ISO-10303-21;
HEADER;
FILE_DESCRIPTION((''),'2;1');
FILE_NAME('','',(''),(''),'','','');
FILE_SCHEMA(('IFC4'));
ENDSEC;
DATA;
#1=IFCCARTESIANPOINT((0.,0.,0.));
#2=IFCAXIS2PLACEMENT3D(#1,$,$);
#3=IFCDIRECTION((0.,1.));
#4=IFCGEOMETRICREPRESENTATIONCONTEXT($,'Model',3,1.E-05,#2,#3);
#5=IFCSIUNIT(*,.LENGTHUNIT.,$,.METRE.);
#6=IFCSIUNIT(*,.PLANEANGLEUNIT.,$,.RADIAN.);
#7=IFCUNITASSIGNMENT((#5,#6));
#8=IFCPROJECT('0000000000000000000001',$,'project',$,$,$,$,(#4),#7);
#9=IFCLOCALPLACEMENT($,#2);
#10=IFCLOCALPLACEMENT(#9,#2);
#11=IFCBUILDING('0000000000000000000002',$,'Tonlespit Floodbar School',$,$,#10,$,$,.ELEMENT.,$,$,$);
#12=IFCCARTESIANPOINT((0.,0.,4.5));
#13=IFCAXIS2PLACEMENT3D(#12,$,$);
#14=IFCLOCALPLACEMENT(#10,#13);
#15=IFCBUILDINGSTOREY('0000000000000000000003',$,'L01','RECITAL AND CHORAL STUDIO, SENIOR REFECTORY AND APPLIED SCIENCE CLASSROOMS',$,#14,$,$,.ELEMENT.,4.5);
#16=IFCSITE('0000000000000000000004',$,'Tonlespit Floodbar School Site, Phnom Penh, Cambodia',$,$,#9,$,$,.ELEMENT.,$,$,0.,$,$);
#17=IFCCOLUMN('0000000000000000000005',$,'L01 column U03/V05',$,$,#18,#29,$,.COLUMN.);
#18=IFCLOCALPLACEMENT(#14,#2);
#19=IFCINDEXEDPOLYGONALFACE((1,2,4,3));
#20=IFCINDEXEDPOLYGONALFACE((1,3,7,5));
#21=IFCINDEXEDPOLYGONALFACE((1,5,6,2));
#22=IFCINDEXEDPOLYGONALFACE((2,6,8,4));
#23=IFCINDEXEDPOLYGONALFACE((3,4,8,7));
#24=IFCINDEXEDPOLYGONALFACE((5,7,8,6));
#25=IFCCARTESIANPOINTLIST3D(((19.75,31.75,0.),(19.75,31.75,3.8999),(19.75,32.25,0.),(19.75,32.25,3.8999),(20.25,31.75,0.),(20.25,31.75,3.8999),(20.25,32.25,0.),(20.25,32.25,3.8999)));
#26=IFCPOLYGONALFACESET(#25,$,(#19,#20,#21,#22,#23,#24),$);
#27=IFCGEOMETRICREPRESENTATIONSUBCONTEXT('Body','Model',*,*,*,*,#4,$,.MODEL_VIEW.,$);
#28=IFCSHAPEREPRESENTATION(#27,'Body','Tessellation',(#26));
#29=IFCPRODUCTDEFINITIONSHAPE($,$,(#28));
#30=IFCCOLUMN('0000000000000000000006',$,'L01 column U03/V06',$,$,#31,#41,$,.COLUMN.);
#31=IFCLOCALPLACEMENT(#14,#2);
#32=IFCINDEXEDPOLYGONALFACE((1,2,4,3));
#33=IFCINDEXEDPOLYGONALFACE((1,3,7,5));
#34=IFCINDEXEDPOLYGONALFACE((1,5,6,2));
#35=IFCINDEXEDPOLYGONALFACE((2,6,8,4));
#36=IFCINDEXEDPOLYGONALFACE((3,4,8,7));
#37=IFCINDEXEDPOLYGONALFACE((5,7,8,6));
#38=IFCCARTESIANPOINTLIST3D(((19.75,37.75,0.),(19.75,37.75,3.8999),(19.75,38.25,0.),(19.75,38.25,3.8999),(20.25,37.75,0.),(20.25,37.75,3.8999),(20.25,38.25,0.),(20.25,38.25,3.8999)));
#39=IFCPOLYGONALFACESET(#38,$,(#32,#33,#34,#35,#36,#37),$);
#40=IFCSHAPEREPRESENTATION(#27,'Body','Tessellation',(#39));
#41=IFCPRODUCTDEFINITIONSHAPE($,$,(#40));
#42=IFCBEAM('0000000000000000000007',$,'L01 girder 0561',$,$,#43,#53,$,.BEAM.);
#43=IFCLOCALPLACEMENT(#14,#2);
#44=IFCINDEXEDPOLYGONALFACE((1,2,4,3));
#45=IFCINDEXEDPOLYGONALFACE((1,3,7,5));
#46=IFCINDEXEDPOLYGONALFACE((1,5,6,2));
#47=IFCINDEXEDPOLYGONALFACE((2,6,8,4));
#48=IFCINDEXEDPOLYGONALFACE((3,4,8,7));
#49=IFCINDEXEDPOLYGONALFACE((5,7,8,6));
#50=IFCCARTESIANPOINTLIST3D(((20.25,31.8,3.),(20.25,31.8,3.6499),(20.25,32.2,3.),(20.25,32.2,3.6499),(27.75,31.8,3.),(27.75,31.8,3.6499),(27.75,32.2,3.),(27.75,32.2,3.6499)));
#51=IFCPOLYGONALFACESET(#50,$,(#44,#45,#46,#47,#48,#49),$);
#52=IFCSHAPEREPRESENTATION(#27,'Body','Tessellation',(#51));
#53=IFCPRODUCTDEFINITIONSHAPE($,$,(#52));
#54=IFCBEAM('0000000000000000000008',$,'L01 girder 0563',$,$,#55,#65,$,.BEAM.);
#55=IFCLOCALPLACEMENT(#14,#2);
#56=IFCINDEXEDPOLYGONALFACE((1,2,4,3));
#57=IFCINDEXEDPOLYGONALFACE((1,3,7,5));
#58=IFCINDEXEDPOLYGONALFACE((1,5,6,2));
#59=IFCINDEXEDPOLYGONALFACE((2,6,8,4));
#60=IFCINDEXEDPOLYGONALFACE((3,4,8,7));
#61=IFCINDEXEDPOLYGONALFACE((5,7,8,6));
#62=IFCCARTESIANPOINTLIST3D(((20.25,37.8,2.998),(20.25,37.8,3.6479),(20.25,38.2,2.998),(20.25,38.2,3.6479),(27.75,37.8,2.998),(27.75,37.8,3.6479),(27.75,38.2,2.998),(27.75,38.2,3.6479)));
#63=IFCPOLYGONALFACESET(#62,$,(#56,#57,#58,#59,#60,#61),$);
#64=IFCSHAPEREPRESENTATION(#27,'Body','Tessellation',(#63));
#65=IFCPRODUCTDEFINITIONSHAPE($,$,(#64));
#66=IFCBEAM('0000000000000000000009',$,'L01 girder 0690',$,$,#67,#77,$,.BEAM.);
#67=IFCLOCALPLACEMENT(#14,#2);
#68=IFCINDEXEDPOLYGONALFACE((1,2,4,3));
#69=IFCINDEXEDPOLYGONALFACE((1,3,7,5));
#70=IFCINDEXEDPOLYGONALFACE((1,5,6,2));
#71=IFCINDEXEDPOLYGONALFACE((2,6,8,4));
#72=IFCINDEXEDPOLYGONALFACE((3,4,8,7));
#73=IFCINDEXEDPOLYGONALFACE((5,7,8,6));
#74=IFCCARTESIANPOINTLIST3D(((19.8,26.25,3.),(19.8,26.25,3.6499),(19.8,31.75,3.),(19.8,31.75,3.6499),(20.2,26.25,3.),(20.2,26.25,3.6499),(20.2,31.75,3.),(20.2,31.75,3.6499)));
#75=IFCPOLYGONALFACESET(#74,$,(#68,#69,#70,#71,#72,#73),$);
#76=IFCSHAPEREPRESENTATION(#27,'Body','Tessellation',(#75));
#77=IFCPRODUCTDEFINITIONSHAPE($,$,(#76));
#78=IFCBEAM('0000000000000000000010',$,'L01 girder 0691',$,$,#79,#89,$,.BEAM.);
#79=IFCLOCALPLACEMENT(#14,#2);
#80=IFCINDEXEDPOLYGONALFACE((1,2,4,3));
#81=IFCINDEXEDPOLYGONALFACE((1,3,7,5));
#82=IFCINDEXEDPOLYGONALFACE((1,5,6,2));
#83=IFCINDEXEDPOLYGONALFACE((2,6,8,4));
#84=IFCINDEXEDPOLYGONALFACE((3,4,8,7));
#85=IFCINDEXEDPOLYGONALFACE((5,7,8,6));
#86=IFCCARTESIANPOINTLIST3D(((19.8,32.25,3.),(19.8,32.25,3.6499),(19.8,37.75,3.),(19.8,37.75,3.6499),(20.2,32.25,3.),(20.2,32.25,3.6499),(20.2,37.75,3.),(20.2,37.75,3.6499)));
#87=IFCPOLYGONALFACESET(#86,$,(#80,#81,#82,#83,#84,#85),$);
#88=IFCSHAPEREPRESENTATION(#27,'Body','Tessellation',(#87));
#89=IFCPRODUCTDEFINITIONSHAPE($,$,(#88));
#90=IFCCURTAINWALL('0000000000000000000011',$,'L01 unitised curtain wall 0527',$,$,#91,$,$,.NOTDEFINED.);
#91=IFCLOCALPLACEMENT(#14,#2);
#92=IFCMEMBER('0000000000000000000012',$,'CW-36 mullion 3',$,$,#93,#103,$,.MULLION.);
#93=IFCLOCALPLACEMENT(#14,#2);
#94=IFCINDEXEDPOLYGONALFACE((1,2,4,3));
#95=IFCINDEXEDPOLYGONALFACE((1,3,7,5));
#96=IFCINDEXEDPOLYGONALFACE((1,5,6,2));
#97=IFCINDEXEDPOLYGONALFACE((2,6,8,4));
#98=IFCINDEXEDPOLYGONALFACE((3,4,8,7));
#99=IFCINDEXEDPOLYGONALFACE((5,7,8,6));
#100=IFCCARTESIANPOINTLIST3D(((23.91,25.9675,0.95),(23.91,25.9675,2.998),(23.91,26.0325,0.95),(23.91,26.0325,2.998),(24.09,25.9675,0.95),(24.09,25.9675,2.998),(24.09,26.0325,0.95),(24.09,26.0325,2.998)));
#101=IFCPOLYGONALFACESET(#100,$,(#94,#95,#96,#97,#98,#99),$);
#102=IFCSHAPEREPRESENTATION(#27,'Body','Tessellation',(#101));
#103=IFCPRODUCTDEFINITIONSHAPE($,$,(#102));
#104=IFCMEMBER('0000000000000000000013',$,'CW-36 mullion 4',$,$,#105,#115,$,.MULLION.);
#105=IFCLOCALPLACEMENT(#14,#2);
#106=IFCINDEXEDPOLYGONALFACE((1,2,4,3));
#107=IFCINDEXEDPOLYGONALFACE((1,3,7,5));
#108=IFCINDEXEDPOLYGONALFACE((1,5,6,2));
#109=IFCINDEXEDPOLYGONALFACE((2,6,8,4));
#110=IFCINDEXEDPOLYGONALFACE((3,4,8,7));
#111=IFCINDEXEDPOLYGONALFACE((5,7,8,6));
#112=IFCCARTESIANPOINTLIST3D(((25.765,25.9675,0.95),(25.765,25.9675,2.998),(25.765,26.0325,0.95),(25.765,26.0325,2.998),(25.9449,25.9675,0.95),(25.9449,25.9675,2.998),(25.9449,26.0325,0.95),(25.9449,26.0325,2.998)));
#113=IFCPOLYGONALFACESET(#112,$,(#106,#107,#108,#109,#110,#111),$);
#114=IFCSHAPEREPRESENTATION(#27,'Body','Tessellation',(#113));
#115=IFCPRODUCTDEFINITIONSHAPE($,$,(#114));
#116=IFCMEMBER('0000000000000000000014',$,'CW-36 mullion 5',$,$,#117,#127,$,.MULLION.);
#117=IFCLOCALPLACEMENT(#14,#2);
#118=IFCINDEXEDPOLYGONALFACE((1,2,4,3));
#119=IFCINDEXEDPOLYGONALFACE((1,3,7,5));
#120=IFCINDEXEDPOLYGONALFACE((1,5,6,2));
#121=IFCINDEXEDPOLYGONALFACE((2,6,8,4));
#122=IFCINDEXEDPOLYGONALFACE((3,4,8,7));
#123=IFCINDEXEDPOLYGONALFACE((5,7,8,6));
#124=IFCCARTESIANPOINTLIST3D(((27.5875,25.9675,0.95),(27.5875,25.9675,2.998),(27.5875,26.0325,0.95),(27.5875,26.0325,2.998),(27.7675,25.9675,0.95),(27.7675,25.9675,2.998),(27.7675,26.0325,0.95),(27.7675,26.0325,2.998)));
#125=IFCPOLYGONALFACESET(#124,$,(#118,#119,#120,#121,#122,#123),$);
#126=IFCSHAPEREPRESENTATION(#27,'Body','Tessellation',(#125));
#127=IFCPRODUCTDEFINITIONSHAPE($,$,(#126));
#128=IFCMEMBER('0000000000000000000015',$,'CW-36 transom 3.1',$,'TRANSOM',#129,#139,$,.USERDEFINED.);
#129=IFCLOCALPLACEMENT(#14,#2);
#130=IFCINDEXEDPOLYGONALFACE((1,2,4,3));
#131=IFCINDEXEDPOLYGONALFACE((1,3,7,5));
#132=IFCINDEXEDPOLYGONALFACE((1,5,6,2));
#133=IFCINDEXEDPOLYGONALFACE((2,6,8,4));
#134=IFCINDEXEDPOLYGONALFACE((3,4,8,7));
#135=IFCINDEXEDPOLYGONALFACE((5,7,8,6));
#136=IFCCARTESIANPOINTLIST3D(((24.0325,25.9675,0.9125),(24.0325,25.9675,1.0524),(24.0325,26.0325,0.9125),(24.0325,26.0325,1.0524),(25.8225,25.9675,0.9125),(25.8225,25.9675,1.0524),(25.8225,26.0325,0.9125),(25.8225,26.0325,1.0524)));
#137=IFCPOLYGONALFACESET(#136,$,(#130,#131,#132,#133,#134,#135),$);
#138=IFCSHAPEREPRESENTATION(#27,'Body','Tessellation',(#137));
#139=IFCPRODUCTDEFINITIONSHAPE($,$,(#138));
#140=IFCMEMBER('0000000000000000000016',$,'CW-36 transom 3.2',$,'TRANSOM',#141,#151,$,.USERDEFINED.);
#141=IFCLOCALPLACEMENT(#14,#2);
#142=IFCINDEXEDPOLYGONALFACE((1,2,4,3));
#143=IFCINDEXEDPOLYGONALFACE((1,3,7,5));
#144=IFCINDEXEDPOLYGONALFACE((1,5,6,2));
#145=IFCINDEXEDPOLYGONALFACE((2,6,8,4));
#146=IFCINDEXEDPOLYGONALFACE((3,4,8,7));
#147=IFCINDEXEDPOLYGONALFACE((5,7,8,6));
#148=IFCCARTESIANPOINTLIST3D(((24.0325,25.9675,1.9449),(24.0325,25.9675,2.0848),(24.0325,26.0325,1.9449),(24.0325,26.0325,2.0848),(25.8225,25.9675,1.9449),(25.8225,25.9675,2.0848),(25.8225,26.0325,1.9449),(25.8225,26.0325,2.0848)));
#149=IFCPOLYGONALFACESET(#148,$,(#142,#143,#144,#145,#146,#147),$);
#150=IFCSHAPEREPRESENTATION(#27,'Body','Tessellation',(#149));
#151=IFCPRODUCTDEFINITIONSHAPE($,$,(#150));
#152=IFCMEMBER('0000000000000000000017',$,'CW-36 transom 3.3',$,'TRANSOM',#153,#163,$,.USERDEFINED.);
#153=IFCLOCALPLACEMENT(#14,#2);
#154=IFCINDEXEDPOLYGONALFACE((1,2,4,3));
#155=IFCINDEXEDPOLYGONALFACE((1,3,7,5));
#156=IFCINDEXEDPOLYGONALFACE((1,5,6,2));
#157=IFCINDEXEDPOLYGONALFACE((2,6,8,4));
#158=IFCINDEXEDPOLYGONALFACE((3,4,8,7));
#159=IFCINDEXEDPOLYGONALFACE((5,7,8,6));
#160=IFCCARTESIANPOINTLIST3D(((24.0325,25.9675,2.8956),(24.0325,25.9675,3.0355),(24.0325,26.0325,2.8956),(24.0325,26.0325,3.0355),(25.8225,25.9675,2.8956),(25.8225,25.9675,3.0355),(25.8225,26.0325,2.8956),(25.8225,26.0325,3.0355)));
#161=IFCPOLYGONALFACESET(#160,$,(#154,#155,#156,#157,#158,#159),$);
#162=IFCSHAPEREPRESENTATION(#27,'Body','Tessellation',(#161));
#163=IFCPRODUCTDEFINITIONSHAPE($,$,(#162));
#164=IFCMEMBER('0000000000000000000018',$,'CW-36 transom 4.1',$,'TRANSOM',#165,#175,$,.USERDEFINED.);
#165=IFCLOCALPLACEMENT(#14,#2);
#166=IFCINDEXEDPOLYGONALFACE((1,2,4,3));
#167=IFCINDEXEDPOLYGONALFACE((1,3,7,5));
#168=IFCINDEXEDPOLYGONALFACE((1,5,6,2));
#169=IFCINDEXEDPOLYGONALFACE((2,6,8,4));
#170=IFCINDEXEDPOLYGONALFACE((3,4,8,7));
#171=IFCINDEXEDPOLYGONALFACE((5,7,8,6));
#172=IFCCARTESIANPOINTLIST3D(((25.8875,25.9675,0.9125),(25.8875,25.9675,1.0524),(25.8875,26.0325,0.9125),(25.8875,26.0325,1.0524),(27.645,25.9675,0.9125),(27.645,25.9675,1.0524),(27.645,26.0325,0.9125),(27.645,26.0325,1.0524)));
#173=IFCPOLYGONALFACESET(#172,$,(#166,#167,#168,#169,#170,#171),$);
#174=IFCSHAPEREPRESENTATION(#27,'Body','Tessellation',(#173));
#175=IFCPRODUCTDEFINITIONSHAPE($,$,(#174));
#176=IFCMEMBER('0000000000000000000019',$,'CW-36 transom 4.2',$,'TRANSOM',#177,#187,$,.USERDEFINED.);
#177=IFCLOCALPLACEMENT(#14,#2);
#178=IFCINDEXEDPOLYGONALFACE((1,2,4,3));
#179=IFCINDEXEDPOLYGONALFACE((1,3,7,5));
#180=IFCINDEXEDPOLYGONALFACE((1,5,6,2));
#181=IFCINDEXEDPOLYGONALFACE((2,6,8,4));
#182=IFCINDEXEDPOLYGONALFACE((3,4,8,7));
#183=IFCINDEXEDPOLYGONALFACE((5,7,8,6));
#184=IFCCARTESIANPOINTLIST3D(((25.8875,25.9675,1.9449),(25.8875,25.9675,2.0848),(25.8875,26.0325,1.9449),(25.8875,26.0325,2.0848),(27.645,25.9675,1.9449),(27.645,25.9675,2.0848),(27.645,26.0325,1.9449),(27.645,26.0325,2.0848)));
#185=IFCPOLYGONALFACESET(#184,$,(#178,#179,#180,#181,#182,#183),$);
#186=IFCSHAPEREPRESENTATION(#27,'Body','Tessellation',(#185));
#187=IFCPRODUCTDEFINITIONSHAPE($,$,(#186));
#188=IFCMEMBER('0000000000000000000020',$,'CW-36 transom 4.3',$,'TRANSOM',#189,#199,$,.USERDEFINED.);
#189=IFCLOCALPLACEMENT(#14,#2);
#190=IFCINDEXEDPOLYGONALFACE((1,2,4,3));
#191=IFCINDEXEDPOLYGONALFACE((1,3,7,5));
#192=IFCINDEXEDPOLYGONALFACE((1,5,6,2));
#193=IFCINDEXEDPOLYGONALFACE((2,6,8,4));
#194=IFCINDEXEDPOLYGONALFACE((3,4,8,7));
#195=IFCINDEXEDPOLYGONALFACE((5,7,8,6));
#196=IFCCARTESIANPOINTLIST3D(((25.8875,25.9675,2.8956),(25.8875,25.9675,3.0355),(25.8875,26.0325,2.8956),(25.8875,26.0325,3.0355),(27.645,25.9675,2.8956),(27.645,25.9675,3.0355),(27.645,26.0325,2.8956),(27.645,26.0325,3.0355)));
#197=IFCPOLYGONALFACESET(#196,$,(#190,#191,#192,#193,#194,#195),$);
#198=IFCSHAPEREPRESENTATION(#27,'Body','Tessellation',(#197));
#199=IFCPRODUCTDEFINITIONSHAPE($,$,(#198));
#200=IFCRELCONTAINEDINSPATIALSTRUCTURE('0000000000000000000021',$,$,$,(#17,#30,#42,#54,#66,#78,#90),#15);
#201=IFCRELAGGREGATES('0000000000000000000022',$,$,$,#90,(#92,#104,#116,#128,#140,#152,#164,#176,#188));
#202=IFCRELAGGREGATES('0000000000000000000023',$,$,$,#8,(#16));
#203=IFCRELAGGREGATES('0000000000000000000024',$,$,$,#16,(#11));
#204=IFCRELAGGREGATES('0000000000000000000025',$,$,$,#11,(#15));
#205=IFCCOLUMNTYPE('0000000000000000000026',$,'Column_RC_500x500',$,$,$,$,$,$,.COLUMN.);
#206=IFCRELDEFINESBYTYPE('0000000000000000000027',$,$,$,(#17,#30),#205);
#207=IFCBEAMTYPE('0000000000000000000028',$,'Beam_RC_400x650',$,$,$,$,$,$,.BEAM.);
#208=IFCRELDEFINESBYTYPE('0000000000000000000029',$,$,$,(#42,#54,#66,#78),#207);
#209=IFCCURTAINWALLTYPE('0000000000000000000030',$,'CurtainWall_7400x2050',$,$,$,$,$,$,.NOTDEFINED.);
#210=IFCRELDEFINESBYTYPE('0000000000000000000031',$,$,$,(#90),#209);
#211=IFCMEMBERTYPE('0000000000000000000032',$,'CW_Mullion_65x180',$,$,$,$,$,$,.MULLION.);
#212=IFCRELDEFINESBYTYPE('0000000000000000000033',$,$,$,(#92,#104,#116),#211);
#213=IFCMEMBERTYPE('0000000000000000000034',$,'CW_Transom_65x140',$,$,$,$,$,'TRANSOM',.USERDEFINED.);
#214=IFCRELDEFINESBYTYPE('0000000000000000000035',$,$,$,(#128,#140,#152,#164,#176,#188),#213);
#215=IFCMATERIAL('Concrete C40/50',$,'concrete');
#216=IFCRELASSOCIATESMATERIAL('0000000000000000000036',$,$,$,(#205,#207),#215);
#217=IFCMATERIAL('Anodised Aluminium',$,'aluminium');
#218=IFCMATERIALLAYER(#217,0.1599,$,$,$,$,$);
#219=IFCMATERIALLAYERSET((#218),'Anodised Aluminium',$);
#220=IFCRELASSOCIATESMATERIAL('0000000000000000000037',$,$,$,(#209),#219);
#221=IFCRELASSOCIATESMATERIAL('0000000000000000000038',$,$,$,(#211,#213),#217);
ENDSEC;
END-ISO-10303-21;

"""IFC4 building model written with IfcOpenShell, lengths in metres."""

from ifc_helpers import new_model, si_unit, direction, frame, origin, origin_2d, place, context, subcontext, project, spatial, rectangle, extrude, material, layer, layer_set, material_profile, profile_set, type_object, element, aggregate, save


model = new_model("IFC4")

# Units and contexts
model_context = context("Model", 3, precision=1e-05, world=origin(), true_north=direction((0.0, 1.0)))
body_context = subcontext(model_context, "Body", "Model", "MODEL_VIEW")
ifc_project = project(units=[si_unit("LENGTHUNIT", "METRE"), si_unit("PLANEANGLEUNIT", "RADIAN")], contexts=[model_context])

# Site, building, storey
site_placement = place(None, origin())
site = spatial("IfcSite", under=ifc_project, at=site_placement, Name="Tonlespit Floodbar School Site, Phnom Penh, Cambodia", CompositionType="ELEMENT", RefElevation=0.0)
building_placement = place(site_placement, origin())
building = spatial("IfcBuilding", under=site, at=building_placement, Name="Tonlespit Floodbar School", CompositionType="ELEMENT")
storey_placement = place(building_placement, frame((0.0, 0.0, 4.5)))
storey = spatial("IfcBuildingStorey", under=building, at=storey_placement, Name="L01", Description="RECITAL AND CHORAL STUDIO, SENIOR REFECTORY AND APPLIED SCIENCE CLASSROOMS", CompositionType="ELEMENT", Elevation=4.5)

# Columns
ifc_material_1 = material(Name="Concrete C40/50", Category="concrete")
ifc_material_profile_1 = material_profile(ifc_material_1, rectangle(XDim=0.5, YDim=0.5, at=origin_2d()), Name="RC 500x500")
ifc_profile_set_1 = profile_set([ifc_material_profile_1], Name="Concrete C40/50")
column_type = type_object("IfcColumnType", Name="Column_RC_500x500", PredefinedType="COLUMN", material=ifc_profile_set_1)
for number, where, z_axis, x_axis, name in (
    (1, (20.0, 32.0, 0.0), (0.0, 0.0, 1.0), (1.0, 0.0, 0.0), "L01 column U03/V05"),
    (2, (20.0, 38.0, 0.0), (0.0, 0.0, 1.0), (1.0, 0.0, 0.0), "L01 column U03/V06"),
):
    element("IfcColumn", number, at=place(storey_placement, frame(where, z_axis=z_axis, x_axis=x_axis)), inside=storey, type_object=column_type, Name=name, PredefinedType="COLUMN", context=body_context, shape_type="SweptSolid", body=[
        extrude(rectangle(XDim=0.5, YDim=0.5, at=origin_2d()), origin(), (0.0, 0.0, 1.0), 3.8999),
    ])

# Beams
ifc_material_profile_2 = material_profile(ifc_material_1, rectangle(XDim=0.3999, YDim=0.6499, at=origin_2d()), Name="RC 400x650")
ifc_profile_set_2 = profile_set([ifc_material_profile_2], Name="Concrete C40/50")
beam_type_1 = type_object("IfcBeamType", Name="Beam_RC_400x650", PredefinedType="BEAM", material=ifc_profile_set_2)
for number, where, z_axis, x_axis, name in (
    (3, (20.25, 32.0, 3.325), (1.0, 0.0, 0.0), (0.0, 1.0, 0.0), "L01 girder 0561"),
    (4, (20.25, 38.0, 3.323), (1.0, 0.0, 0.0), (0.0, 1.0, 0.0), "L01 girder 0563"),
):
    element("IfcBeam", number, at=place(storey_placement, frame(where, z_axis=z_axis, x_axis=x_axis)), inside=storey, type_object=beam_type_1, Name=name, PredefinedType="BEAM", context=body_context, shape_type="SweptSolid", body=[
        extrude(rectangle(XDim=0.3999, YDim=0.6499, at=origin_2d()), origin(), (0.0, 0.0, 1.0), 7.5),
    ])
for number, where, z_axis, x_axis, name in (
    (5, (20.0, 26.25, 3.325), (0.0, 1.0, 0.0), (-1.0, 0.0, 0.0), "L01 girder 0690"),
    (6, (20.0, 32.25, 3.325), (0.0, 1.0, 0.0), (-1.0, 0.0, 0.0), "L01 girder 0691"),
):
    element("IfcBeam", number, at=place(storey_placement, frame(where, z_axis=z_axis, x_axis=x_axis)), inside=storey, type_object=beam_type_1, Name=name, PredefinedType="BEAM", context=body_context, shape_type="SweptSolid", body=[
        extrude(rectangle(XDim=0.3999, YDim=0.6499, at=origin_2d()), origin(), (0.0, 0.0, 1.0), 5.5),
    ])

# Curtain wall, members
ifc_material_2 = material(Name="Anodised Aluminium", Category="aluminium")
ifc_layer_1 = layer(ifc_material_2, 0.1599)
ifc_layer_set_1 = layer_set([ifc_layer_1], Name="Anodised Aluminium")
curtain_wall_type = type_object("IfcCurtainWallType", Name="CurtainWall_7400x2050", PredefinedType="NOTDEFINED", material=ifc_layer_set_1)
curtain_wall_placement = place(storey_placement, origin())
curtain_wall = element("IfcCurtainWall", 7, at=curtain_wall_placement, inside=storey, type_object=curtain_wall_type, Name="L01 unitised curtain wall 0527", PredefinedType="NOTDEFINED")
ifc_material_profile_3 = material_profile(ifc_material_2, rectangle(XDim=0.0649, YDim=0.1799, at=origin_2d()), Name="ALU M65x180")
ifc_profile_set_3 = profile_set([ifc_material_profile_3], Name="Anodised Aluminium")
member_type_1 = type_object("IfcMemberType", Name="CW_Mullion_65x180", PredefinedType="MULLION", material=ifc_profile_set_3)
member_1_placement = place(storey_placement, frame((24.0, 26.0, 0.95), z_axis=(0.0, 0.0, 1.0), x_axis=(0.0, 1.0, 0.0)))
member_1 = element("IfcMember", 8, at=member_1_placement, type_object=member_type_1, Name="CW-36 mullion 3", PredefinedType="MULLION", context=body_context, shape_type="SweptSolid", body=[
    extrude(rectangle(XDim=0.0649, YDim=0.1799, at=origin_2d()), origin(), (0.0, 0.0, 1.0), 2.0481),
])
member_2_placement = place(storey_placement, frame((25.855, 26.0, 0.95), z_axis=(0.0, 0.0, 1.0), x_axis=(0.0, 1.0, 0.0)))
member_2 = element("IfcMember", 9, at=member_2_placement, type_object=member_type_1, Name="CW-36 mullion 4", PredefinedType="MULLION", context=body_context, shape_type="SweptSolid", body=[
    extrude(rectangle(XDim=0.0649, YDim=0.1799, at=origin_2d()), origin(), (0.0, 0.0, 1.0), 2.0481),
])
member_3_placement = place(storey_placement, frame((27.6775, 26.0, 0.95), z_axis=(0.0, 0.0, 1.0), x_axis=(0.0, 1.0, 0.0)))
member_3 = element("IfcMember", 10, at=member_3_placement, type_object=member_type_1, Name="CW-36 mullion 5", PredefinedType="MULLION", context=body_context, shape_type="SweptSolid", body=[
    extrude(rectangle(XDim=0.0649, YDim=0.1799, at=origin_2d()), origin(), (0.0, 0.0, 1.0), 2.0481),
])
ifc_material_profile_4 = material_profile(ifc_material_2, rectangle(XDim=0.0649, YDim=0.1399, at=origin_2d()), Name="ALU T65x140")
ifc_profile_set_4 = profile_set([ifc_material_profile_4], Name="Anodised Aluminium")
member_type_2 = type_object("IfcMemberType", Name="CW_Transom_65x140", ElementType="TRANSOM", PredefinedType="USERDEFINED", material=ifc_profile_set_4)
member_4_placement = place(storey_placement, frame((24.0325, 26.0, 0.9824), z_axis=(1.0, 0.0, 0.0), x_axis=(0.0, 1.0, 0.0)))
member_4 = element("IfcMember", 11, at=member_4_placement, type_object=member_type_2, Name="CW-36 transom 3.1", ObjectType="TRANSOM", PredefinedType="USERDEFINED", context=body_context, shape_type="SweptSolid", body=[
    extrude(rectangle(XDim=0.0649, YDim=0.1399, at=origin_2d()), origin(), (0.0, 0.0, 1.0), 1.79),
])
member_5_placement = place(storey_placement, frame((24.0325, 26.0, 2.0149), z_axis=(1.0, 0.0, 0.0), x_axis=(0.0, 1.0, 0.0)))
member_5 = element("IfcMember", 12, at=member_5_placement, type_object=member_type_2, Name="CW-36 transom 3.2", ObjectType="TRANSOM", PredefinedType="USERDEFINED", context=body_context, shape_type="SweptSolid", body=[
    extrude(rectangle(XDim=0.0649, YDim=0.1399, at=origin_2d()), origin(), (0.0, 0.0, 1.0), 1.79),
])
member_6_placement = place(storey_placement, frame((24.0325, 26.0, 2.9656), z_axis=(1.0, 0.0, 0.0), x_axis=(0.0, 1.0, 0.0)))
member_6 = element("IfcMember", 13, at=member_6_placement, type_object=member_type_2, Name="CW-36 transom 3.3", ObjectType="TRANSOM", PredefinedType="USERDEFINED", context=body_context, shape_type="SweptSolid", body=[
    extrude(rectangle(XDim=0.0649, YDim=0.1399, at=origin_2d()), origin(), (0.0, 0.0, 1.0), 1.79),
])
member_7_placement = place(storey_placement, frame((25.8875, 26.0, 0.9824), z_axis=(1.0, 0.0, 0.0), x_axis=(0.0, 1.0, 0.0)))
member_7 = element("IfcMember", 14, at=member_7_placement, type_object=member_type_2, Name="CW-36 transom 4.1", ObjectType="TRANSOM", PredefinedType="USERDEFINED", context=body_context, shape_type="SweptSolid", body=[
    extrude(rectangle(XDim=0.0649, YDim=0.1399, at=origin_2d()), origin(), (0.0, 0.0, 1.0), 1.7576),
])
member_8_placement = place(storey_placement, frame((25.8875, 26.0, 2.0149), z_axis=(1.0, 0.0, 0.0), x_axis=(0.0, 1.0, 0.0)))
member_8 = element("IfcMember", 15, at=member_8_placement, type_object=member_type_2, Name="CW-36 transom 4.2", ObjectType="TRANSOM", PredefinedType="USERDEFINED", context=body_context, shape_type="SweptSolid", body=[
    extrude(rectangle(XDim=0.0649, YDim=0.1399, at=origin_2d()), origin(), (0.0, 0.0, 1.0), 1.7576),
])
member_9_placement = place(storey_placement, frame((25.8875, 26.0, 2.9656), z_axis=(1.0, 0.0, 0.0), x_axis=(0.0, 1.0, 0.0)))
member_9 = element("IfcMember", 16, at=member_9_placement, type_object=member_type_2, Name="CW-36 transom 4.3", ObjectType="TRANSOM", PredefinedType="USERDEFINED", context=body_context, shape_type="SweptSolid", body=[
    extrude(rectangle(XDim=0.0649, YDim=0.1399, at=origin_2d()), origin(), (0.0, 0.0, 1.0), 1.7576),
])

aggregate(curtain_wall, [member_1, member_2, member_3, member_4, member_5, member_6, member_7, member_8, member_9])

save(model, "model.ifc")
